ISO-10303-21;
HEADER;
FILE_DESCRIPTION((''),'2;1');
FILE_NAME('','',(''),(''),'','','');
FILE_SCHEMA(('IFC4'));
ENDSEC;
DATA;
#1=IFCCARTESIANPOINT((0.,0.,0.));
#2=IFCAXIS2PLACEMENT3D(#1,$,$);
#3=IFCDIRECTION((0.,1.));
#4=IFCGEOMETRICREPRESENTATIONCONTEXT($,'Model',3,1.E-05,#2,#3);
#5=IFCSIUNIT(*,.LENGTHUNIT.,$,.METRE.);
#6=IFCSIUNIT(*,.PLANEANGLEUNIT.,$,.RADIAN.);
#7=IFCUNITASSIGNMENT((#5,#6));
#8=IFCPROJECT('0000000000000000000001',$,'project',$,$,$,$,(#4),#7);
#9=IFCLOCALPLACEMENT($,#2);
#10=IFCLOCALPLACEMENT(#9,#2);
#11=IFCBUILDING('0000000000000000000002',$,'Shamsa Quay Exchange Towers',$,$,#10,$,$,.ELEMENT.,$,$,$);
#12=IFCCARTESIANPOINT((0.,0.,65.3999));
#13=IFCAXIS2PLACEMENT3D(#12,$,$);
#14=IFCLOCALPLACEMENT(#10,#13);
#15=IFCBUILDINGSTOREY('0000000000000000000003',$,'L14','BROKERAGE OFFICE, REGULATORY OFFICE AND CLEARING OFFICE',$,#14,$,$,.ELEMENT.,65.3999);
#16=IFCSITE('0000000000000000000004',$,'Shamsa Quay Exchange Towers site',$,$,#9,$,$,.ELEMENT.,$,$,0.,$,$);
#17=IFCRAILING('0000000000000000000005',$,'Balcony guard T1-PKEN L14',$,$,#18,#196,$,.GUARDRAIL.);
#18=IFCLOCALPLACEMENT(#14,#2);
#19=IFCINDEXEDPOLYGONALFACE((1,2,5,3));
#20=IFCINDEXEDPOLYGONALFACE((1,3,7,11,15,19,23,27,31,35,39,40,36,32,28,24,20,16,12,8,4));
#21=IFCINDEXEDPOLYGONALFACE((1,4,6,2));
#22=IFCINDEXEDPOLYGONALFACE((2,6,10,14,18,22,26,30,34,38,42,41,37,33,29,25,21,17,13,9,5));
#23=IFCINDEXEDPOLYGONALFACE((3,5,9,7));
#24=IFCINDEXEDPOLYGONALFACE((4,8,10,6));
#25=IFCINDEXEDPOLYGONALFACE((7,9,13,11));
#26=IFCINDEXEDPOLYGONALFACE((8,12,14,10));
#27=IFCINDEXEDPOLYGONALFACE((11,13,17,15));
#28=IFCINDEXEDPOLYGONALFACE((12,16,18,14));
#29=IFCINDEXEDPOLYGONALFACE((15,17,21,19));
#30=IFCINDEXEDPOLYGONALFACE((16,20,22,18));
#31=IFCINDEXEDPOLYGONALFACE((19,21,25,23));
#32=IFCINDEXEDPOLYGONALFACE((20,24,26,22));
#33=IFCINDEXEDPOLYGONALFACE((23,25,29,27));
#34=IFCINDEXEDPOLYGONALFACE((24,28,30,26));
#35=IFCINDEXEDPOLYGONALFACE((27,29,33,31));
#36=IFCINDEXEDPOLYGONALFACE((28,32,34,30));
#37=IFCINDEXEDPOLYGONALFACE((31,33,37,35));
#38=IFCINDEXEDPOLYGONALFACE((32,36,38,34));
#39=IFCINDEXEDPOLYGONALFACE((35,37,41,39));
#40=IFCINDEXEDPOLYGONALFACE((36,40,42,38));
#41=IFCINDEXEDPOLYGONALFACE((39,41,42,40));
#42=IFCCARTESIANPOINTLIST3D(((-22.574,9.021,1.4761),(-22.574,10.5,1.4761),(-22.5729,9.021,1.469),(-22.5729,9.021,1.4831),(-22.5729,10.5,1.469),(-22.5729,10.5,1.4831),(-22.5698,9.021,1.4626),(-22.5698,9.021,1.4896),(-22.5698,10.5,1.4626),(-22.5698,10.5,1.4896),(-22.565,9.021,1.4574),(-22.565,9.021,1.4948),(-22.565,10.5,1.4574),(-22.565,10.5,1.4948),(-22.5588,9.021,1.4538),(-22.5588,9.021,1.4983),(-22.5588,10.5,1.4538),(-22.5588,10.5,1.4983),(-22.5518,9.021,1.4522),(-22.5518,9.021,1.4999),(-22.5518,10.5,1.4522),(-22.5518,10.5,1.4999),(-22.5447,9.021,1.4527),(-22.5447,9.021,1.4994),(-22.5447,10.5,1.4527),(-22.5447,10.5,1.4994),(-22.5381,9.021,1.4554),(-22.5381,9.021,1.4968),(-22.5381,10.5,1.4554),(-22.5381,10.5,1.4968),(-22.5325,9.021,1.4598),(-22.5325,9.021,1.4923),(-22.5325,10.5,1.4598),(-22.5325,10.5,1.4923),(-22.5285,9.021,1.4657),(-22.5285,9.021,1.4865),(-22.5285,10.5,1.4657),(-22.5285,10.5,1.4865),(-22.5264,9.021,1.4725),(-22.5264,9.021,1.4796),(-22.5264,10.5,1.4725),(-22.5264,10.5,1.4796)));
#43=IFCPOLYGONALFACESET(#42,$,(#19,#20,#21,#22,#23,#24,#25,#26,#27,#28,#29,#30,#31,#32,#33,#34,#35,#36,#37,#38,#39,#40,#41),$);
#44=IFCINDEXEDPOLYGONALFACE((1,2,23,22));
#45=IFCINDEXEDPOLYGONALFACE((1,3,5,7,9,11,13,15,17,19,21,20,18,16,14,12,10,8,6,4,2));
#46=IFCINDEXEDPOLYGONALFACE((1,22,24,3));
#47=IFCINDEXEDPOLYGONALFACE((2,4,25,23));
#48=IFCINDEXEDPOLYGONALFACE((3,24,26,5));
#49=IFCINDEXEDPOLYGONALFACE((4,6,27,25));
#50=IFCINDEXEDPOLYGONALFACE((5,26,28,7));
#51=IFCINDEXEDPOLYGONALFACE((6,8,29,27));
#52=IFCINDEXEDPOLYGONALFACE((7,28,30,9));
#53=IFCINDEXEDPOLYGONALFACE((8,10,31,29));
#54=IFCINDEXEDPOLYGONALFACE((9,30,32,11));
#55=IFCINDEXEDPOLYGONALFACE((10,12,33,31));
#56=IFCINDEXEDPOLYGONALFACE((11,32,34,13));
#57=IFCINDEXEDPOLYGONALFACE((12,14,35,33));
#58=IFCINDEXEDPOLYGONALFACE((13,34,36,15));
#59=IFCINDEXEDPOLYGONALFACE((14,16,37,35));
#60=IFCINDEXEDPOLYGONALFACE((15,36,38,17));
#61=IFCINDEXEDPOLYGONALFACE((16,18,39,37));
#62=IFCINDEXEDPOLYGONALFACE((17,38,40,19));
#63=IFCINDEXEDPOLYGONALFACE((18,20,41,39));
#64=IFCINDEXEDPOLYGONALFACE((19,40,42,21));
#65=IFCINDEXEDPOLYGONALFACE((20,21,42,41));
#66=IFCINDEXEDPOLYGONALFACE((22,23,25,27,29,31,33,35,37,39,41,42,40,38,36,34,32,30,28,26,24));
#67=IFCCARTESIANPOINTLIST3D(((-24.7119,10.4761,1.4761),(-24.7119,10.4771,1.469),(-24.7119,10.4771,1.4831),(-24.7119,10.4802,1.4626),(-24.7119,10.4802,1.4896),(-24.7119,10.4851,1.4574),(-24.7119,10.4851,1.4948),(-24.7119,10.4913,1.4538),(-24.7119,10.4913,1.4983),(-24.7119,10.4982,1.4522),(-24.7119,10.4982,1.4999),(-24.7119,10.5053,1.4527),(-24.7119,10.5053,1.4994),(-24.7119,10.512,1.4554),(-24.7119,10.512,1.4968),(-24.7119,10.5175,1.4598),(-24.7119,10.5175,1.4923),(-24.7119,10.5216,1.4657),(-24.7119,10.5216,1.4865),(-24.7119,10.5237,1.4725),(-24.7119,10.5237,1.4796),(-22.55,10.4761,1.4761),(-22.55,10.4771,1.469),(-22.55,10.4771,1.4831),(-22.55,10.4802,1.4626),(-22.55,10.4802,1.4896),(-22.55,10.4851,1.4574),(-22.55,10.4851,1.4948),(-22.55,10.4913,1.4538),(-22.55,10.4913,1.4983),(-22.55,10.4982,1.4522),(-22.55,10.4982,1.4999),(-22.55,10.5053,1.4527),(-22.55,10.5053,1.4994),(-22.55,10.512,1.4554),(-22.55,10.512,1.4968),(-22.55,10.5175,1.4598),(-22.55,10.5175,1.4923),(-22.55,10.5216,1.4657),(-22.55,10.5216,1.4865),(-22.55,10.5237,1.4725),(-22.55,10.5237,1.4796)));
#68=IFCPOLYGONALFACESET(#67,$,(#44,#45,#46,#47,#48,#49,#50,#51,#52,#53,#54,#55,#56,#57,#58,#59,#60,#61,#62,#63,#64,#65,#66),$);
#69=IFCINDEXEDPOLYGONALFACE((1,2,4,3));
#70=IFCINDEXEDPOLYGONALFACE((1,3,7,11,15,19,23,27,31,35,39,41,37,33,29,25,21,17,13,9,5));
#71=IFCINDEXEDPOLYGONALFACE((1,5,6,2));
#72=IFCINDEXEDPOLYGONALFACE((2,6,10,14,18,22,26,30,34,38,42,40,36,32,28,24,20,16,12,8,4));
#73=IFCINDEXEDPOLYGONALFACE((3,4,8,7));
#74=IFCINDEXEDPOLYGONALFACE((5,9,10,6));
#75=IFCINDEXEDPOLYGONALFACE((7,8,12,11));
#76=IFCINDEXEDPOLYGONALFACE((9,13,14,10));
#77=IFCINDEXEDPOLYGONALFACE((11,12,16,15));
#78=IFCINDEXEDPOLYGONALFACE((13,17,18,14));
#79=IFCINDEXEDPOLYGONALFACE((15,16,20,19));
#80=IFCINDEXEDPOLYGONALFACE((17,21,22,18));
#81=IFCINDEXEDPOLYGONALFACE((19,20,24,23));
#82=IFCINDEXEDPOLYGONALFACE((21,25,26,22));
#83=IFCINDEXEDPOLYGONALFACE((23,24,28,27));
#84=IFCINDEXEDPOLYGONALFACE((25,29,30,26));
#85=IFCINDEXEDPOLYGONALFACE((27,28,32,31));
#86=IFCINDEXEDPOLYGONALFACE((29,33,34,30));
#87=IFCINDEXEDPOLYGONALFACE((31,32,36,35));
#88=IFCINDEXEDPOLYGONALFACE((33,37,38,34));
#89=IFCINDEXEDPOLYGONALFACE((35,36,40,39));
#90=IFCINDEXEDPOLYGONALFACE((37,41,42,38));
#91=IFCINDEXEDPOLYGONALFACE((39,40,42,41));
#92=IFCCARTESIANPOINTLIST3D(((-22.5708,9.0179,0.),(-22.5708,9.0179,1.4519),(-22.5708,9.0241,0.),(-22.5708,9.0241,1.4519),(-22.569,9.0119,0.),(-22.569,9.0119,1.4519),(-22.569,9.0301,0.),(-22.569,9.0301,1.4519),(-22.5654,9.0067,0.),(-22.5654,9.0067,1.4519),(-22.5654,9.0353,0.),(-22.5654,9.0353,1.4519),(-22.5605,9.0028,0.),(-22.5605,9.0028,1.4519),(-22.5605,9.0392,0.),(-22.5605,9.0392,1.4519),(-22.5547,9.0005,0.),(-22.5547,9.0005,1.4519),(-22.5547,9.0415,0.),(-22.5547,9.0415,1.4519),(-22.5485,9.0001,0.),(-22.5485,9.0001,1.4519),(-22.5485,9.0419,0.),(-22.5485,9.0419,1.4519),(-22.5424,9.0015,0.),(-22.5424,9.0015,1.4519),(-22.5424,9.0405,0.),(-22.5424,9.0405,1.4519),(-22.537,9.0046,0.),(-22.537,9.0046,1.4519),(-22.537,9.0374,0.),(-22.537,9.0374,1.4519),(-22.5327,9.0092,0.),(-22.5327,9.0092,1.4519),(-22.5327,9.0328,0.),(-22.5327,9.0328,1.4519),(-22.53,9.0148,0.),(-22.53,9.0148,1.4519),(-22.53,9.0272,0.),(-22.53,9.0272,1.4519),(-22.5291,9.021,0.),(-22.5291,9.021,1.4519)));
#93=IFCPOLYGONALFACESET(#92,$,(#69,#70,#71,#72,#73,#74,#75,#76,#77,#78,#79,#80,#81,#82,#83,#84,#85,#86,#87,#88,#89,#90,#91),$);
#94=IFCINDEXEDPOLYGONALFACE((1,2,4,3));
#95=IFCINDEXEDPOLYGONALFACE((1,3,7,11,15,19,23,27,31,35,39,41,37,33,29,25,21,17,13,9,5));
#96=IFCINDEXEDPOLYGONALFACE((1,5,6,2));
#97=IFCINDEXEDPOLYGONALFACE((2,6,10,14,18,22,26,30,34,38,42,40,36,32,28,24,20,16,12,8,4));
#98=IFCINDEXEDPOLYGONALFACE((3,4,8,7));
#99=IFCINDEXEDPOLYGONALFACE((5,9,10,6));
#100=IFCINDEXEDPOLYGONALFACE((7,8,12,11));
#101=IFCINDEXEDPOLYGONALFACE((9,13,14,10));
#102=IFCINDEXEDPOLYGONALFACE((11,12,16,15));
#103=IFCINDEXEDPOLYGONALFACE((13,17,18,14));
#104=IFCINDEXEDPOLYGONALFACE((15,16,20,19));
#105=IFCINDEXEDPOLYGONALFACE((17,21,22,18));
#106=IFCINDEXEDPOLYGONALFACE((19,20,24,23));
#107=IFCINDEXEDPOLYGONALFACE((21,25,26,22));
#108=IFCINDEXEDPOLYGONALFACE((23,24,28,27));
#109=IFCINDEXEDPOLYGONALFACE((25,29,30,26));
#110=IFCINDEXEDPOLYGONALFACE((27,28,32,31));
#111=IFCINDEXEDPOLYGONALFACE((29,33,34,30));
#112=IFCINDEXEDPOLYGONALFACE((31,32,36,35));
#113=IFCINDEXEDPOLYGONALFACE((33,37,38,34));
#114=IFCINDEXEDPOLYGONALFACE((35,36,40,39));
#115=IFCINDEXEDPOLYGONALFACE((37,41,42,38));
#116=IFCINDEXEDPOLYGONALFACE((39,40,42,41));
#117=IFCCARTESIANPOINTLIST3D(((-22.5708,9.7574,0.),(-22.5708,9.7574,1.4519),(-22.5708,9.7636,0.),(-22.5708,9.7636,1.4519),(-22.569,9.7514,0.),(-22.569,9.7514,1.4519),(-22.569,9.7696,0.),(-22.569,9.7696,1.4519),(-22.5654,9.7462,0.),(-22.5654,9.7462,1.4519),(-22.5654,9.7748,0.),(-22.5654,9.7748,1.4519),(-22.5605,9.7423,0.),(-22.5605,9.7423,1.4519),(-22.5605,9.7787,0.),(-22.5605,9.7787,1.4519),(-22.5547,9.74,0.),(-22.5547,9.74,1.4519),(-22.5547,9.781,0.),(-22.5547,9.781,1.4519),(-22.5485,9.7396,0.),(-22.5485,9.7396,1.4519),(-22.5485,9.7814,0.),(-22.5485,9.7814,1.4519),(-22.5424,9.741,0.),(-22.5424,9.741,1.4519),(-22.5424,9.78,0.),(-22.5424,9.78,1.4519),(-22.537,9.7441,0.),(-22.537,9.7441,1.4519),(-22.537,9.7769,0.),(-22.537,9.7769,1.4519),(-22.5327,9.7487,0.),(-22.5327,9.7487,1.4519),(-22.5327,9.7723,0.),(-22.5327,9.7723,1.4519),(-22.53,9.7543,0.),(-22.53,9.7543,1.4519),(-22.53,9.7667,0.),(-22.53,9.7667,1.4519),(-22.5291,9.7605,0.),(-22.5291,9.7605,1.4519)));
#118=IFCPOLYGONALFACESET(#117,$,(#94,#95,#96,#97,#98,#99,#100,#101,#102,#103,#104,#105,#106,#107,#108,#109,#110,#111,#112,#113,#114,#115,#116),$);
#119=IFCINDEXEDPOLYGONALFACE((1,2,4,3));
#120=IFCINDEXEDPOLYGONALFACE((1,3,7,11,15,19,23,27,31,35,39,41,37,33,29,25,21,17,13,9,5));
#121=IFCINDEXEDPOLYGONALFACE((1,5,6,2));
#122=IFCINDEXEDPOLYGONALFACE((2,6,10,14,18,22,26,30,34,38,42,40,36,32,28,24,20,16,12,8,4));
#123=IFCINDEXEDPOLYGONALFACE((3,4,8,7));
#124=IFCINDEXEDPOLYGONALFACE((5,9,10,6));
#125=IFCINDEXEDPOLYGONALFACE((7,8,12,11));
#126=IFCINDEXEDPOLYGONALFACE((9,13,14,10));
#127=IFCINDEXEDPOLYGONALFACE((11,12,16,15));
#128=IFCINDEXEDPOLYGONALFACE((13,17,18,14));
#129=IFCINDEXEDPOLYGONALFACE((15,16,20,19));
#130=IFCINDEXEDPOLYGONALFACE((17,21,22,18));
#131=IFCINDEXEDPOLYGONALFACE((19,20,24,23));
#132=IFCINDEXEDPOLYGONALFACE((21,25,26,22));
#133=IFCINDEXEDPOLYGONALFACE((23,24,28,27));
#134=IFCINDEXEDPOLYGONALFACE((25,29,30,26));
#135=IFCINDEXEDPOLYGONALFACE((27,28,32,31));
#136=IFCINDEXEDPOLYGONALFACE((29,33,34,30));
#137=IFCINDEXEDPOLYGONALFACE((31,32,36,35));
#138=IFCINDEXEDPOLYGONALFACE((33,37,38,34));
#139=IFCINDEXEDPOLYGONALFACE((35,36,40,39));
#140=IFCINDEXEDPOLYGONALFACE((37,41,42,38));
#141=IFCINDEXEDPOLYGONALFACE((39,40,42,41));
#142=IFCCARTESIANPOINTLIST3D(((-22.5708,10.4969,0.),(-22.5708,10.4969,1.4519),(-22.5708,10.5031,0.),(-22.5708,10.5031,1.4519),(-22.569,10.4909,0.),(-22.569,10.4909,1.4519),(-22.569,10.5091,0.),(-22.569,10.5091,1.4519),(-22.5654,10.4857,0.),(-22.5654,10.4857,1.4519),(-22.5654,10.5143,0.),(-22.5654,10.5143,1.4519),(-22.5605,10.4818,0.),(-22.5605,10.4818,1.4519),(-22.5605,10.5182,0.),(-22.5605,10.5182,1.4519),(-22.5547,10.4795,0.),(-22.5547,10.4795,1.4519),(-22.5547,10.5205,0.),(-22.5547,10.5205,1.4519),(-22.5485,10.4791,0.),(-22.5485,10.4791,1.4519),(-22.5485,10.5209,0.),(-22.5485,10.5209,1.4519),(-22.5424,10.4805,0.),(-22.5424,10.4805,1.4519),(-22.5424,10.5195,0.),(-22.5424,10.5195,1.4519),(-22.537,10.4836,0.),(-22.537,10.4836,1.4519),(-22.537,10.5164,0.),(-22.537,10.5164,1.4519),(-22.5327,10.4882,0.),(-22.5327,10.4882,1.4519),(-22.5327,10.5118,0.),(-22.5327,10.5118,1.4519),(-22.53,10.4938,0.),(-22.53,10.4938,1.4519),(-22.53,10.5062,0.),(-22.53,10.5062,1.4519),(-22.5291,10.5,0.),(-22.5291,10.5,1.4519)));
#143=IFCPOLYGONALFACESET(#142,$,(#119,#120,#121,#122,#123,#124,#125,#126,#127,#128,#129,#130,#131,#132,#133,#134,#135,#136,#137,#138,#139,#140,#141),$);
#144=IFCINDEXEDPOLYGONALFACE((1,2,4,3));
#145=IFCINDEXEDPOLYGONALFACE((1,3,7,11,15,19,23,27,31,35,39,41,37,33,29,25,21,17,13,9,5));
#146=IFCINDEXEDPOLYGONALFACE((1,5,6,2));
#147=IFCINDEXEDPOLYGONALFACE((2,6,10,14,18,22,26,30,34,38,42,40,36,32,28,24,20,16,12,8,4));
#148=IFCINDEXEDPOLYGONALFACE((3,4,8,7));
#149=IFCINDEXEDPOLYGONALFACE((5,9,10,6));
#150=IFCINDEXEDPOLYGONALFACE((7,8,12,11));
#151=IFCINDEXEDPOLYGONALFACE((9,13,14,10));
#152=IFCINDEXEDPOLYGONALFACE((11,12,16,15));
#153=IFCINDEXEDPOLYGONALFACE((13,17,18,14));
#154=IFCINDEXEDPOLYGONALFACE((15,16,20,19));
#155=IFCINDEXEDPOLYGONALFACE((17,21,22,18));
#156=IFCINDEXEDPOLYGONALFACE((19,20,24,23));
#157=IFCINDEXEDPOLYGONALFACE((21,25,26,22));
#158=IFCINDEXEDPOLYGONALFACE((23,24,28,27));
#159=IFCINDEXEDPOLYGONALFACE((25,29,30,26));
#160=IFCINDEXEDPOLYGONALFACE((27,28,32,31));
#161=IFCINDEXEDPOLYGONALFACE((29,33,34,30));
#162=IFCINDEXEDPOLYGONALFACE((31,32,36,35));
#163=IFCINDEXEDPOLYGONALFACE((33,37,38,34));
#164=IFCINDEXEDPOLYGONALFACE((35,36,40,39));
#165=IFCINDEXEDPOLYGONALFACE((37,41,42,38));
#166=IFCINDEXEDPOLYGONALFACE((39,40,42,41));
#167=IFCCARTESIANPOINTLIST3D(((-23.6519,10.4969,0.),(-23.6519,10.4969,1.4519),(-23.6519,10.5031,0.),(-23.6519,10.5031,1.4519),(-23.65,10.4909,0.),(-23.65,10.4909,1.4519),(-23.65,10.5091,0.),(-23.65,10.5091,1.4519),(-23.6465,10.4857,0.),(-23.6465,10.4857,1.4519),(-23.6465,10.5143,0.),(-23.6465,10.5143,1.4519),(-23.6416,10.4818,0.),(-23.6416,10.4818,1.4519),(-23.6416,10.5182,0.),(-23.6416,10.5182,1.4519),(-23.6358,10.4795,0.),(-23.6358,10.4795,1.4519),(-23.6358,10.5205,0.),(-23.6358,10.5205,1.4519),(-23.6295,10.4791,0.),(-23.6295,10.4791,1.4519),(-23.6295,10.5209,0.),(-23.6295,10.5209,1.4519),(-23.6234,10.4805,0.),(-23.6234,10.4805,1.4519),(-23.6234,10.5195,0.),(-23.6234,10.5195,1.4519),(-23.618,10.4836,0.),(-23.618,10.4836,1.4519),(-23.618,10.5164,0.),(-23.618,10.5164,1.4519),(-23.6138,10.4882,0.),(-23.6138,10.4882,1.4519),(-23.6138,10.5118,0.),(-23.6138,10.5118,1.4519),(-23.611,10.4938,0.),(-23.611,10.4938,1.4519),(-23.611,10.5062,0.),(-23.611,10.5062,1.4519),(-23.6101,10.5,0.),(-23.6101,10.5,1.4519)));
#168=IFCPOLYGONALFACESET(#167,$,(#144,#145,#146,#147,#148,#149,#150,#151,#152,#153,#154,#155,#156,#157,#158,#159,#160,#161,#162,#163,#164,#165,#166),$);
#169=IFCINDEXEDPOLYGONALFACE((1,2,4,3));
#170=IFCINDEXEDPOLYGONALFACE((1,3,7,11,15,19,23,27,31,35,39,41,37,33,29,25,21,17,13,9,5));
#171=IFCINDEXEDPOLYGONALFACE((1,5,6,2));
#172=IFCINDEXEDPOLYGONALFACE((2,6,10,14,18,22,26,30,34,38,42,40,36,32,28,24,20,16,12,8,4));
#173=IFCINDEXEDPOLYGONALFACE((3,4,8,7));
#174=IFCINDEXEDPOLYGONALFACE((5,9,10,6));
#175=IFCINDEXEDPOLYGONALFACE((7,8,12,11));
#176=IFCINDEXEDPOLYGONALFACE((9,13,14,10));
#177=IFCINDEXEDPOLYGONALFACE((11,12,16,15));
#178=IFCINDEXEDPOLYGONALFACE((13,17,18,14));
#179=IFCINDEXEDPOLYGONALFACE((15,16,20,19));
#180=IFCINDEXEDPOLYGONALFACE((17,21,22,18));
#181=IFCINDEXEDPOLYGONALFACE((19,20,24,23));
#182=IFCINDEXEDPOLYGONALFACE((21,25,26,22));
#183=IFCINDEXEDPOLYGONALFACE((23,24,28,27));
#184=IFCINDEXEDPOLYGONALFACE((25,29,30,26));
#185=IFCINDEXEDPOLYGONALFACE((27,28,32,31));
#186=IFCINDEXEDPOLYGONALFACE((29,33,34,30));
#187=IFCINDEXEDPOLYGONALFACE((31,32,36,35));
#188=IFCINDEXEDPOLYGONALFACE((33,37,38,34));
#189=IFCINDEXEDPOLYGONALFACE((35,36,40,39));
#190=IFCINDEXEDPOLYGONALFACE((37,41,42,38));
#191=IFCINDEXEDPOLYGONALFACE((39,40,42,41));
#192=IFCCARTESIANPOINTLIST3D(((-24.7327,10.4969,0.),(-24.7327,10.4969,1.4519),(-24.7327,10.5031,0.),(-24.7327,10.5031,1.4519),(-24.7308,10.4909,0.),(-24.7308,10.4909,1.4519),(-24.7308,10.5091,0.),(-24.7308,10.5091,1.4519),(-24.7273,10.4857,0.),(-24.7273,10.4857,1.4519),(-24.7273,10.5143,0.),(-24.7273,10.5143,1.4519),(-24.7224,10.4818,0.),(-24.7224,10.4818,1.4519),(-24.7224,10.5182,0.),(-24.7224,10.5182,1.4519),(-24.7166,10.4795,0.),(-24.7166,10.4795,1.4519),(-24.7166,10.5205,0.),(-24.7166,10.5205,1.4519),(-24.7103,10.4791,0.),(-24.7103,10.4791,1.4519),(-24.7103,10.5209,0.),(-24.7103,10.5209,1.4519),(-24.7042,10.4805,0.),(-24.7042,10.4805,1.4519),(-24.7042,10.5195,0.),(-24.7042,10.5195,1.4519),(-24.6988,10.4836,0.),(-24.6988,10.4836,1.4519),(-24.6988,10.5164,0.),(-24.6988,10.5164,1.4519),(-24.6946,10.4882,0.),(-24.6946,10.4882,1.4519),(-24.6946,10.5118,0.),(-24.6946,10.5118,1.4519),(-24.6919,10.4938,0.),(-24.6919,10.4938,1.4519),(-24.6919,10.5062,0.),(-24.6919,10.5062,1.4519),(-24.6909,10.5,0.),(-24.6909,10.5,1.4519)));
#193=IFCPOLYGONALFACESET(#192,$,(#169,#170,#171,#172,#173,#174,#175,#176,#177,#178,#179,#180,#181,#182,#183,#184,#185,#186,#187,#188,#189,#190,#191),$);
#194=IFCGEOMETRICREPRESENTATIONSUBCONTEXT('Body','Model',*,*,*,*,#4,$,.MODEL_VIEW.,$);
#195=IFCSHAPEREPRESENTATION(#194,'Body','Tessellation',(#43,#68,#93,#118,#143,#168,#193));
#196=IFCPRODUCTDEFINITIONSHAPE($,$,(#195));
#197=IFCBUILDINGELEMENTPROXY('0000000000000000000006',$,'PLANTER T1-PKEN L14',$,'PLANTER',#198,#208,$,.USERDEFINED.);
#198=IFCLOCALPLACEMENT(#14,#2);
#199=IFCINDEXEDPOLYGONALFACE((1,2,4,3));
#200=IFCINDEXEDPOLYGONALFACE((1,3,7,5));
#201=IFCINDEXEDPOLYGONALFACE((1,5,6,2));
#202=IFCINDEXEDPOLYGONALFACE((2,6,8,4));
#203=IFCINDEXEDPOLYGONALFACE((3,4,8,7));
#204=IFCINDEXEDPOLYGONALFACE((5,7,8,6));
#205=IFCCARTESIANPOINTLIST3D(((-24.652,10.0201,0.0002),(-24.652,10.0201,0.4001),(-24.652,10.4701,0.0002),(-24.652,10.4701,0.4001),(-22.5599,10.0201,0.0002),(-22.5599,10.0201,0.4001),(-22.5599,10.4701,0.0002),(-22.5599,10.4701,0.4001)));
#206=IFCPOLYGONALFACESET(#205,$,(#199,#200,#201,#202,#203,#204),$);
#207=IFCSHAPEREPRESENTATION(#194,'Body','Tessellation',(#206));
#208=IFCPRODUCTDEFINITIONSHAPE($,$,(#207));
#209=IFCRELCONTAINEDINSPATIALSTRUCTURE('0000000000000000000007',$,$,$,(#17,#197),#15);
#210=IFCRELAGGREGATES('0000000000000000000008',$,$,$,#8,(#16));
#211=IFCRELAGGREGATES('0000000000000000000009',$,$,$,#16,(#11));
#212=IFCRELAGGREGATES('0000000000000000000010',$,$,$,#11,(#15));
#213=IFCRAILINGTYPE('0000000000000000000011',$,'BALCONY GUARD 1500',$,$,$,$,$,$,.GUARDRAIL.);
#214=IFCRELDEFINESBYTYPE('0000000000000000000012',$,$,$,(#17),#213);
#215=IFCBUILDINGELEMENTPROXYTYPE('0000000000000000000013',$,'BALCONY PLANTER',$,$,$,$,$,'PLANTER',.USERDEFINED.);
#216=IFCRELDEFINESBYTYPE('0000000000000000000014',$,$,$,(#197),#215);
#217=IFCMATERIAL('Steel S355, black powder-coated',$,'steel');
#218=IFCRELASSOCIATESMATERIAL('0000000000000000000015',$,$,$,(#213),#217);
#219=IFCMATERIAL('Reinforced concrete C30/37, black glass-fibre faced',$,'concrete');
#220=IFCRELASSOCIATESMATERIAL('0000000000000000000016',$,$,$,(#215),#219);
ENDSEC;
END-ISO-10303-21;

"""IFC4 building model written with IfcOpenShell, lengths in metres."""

from ifc_helpers import new_model, si_unit, direction, frame, origin, origin_2d, place, context, subcontext, project, spatial, rectangle, circle, extrude, material, type_object, element, save


model = new_model("IFC4")

# Units and contexts
model_context = context("Model", 3, precision=1e-05, world=origin(), true_north=direction((0.0, 1.0)))
body_context = subcontext(model_context, "Body", "Model", "MODEL_VIEW")
ifc_project = project(units=[si_unit("LENGTHUNIT", "METRE"), si_unit("PLANEANGLEUNIT", "RADIAN")], contexts=[model_context])

# Site, building, storey
site_placement = place(None, origin())
site = spatial("IfcSite", under=ifc_project, at=site_placement, Name="Shamsa Quay Exchange Towers site", CompositionType="ELEMENT", RefElevation=0.0)
building_placement = place(site_placement, origin())
building = spatial("IfcBuilding", under=site, at=building_placement, Name="Shamsa Quay Exchange Towers", CompositionType="ELEMENT")
storey_placement = place(building_placement, frame((0.0, 0.0, 65.3999)))
storey = spatial("IfcBuildingStorey", under=building, at=storey_placement, Name="L14", Description="BROKERAGE OFFICE, REGULATORY OFFICE AND CLEARING OFFICE", CompositionType="ELEMENT", Elevation=65.3999)

# Railing
ifc_material_1 = material(Name="Steel S355, black powder-coated", Category="steel")
railing_type = type_object("IfcRailingType", Name="BALCONY GUARD 1500", PredefinedType="GUARDRAIL", material=ifc_material_1)
railing_placement = place(storey_placement, frame((-22.55, 9.021, 0.0)))
element("IfcRailing", 1, at=railing_placement, inside=storey, type_object=railing_type, Name="Balcony guard T1-PKEN L14", PredefinedType="GUARDRAIL", context=body_context, shape_type="SweptSolid", body=[
    extrude(circle(Radius=0.0239, at=origin_2d()), frame((0.0, 0.0, 1.4761), z_axis=(0.0, 1.0, 0.0), x_axis=(-1.0, 0.0, 0.0)), (0.0, 0.0, 1.0), 1.479),
    extrude(circle(Radius=0.0239, at=origin_2d()), frame((0.0, 1.479, 1.4761), z_axis=(-1.0, 0.0, 0.0), x_axis=(0.0, -1.0, 0.0)), (0.0, 0.0, 1.0), 2.1619),
    extrude(circle(Radius=0.021, at=origin_2d()), origin(), (0.0, 0.0, 1.0), 1.4519),
    extrude(circle(Radius=0.021, at=origin_2d()), frame((0.0, 0.7395, 0.0)), (0.0, 0.0, 1.0), 1.4519),
    extrude(circle(Radius=0.021, at=origin_2d()), frame((0.0, 1.479, 0.0)), (0.0, 0.0, 1.0), 1.4519),
    extrude(circle(Radius=0.021, at=origin_2d()), frame((-1.0811, 1.479, 0.0)), (0.0, 0.0, 1.0), 1.4519),
    extrude(circle(Radius=0.021, at=origin_2d()), frame((-2.1619, 1.479, 0.0)), (0.0, 0.0, 1.0), 1.4519),
])

# Building element proxy
ifc_material_2 = material(Name="Reinforced concrete C30/37, black glass-fibre faced", Category="concrete")
building_element_proxy_type = type_object("IfcBuildingElementProxyType", Name="BALCONY PLANTER", ElementType="PLANTER", PredefinedType="USERDEFINED", material=ifc_material_2)
proxy_placement = place(storey_placement, frame((-23.606, 10.2451, 0.0002), z_axis=(0.0, 0.0, 1.0), x_axis=(-1.0, 0.0, 0.0)))
element("IfcBuildingElementProxy", 2, at=proxy_placement, inside=storey, type_object=building_element_proxy_type, Name="PLANTER T1-PKEN L14", ObjectType="PLANTER", PredefinedType="USERDEFINED", context=body_context, shape_type="SweptSolid", body=[
    extrude(rectangle(XDim=2.092, YDim=0.45, at=origin_2d()), origin(), (0.0, 0.0, 1.0), 0.3999),
])

save(model, "model.ifc")
